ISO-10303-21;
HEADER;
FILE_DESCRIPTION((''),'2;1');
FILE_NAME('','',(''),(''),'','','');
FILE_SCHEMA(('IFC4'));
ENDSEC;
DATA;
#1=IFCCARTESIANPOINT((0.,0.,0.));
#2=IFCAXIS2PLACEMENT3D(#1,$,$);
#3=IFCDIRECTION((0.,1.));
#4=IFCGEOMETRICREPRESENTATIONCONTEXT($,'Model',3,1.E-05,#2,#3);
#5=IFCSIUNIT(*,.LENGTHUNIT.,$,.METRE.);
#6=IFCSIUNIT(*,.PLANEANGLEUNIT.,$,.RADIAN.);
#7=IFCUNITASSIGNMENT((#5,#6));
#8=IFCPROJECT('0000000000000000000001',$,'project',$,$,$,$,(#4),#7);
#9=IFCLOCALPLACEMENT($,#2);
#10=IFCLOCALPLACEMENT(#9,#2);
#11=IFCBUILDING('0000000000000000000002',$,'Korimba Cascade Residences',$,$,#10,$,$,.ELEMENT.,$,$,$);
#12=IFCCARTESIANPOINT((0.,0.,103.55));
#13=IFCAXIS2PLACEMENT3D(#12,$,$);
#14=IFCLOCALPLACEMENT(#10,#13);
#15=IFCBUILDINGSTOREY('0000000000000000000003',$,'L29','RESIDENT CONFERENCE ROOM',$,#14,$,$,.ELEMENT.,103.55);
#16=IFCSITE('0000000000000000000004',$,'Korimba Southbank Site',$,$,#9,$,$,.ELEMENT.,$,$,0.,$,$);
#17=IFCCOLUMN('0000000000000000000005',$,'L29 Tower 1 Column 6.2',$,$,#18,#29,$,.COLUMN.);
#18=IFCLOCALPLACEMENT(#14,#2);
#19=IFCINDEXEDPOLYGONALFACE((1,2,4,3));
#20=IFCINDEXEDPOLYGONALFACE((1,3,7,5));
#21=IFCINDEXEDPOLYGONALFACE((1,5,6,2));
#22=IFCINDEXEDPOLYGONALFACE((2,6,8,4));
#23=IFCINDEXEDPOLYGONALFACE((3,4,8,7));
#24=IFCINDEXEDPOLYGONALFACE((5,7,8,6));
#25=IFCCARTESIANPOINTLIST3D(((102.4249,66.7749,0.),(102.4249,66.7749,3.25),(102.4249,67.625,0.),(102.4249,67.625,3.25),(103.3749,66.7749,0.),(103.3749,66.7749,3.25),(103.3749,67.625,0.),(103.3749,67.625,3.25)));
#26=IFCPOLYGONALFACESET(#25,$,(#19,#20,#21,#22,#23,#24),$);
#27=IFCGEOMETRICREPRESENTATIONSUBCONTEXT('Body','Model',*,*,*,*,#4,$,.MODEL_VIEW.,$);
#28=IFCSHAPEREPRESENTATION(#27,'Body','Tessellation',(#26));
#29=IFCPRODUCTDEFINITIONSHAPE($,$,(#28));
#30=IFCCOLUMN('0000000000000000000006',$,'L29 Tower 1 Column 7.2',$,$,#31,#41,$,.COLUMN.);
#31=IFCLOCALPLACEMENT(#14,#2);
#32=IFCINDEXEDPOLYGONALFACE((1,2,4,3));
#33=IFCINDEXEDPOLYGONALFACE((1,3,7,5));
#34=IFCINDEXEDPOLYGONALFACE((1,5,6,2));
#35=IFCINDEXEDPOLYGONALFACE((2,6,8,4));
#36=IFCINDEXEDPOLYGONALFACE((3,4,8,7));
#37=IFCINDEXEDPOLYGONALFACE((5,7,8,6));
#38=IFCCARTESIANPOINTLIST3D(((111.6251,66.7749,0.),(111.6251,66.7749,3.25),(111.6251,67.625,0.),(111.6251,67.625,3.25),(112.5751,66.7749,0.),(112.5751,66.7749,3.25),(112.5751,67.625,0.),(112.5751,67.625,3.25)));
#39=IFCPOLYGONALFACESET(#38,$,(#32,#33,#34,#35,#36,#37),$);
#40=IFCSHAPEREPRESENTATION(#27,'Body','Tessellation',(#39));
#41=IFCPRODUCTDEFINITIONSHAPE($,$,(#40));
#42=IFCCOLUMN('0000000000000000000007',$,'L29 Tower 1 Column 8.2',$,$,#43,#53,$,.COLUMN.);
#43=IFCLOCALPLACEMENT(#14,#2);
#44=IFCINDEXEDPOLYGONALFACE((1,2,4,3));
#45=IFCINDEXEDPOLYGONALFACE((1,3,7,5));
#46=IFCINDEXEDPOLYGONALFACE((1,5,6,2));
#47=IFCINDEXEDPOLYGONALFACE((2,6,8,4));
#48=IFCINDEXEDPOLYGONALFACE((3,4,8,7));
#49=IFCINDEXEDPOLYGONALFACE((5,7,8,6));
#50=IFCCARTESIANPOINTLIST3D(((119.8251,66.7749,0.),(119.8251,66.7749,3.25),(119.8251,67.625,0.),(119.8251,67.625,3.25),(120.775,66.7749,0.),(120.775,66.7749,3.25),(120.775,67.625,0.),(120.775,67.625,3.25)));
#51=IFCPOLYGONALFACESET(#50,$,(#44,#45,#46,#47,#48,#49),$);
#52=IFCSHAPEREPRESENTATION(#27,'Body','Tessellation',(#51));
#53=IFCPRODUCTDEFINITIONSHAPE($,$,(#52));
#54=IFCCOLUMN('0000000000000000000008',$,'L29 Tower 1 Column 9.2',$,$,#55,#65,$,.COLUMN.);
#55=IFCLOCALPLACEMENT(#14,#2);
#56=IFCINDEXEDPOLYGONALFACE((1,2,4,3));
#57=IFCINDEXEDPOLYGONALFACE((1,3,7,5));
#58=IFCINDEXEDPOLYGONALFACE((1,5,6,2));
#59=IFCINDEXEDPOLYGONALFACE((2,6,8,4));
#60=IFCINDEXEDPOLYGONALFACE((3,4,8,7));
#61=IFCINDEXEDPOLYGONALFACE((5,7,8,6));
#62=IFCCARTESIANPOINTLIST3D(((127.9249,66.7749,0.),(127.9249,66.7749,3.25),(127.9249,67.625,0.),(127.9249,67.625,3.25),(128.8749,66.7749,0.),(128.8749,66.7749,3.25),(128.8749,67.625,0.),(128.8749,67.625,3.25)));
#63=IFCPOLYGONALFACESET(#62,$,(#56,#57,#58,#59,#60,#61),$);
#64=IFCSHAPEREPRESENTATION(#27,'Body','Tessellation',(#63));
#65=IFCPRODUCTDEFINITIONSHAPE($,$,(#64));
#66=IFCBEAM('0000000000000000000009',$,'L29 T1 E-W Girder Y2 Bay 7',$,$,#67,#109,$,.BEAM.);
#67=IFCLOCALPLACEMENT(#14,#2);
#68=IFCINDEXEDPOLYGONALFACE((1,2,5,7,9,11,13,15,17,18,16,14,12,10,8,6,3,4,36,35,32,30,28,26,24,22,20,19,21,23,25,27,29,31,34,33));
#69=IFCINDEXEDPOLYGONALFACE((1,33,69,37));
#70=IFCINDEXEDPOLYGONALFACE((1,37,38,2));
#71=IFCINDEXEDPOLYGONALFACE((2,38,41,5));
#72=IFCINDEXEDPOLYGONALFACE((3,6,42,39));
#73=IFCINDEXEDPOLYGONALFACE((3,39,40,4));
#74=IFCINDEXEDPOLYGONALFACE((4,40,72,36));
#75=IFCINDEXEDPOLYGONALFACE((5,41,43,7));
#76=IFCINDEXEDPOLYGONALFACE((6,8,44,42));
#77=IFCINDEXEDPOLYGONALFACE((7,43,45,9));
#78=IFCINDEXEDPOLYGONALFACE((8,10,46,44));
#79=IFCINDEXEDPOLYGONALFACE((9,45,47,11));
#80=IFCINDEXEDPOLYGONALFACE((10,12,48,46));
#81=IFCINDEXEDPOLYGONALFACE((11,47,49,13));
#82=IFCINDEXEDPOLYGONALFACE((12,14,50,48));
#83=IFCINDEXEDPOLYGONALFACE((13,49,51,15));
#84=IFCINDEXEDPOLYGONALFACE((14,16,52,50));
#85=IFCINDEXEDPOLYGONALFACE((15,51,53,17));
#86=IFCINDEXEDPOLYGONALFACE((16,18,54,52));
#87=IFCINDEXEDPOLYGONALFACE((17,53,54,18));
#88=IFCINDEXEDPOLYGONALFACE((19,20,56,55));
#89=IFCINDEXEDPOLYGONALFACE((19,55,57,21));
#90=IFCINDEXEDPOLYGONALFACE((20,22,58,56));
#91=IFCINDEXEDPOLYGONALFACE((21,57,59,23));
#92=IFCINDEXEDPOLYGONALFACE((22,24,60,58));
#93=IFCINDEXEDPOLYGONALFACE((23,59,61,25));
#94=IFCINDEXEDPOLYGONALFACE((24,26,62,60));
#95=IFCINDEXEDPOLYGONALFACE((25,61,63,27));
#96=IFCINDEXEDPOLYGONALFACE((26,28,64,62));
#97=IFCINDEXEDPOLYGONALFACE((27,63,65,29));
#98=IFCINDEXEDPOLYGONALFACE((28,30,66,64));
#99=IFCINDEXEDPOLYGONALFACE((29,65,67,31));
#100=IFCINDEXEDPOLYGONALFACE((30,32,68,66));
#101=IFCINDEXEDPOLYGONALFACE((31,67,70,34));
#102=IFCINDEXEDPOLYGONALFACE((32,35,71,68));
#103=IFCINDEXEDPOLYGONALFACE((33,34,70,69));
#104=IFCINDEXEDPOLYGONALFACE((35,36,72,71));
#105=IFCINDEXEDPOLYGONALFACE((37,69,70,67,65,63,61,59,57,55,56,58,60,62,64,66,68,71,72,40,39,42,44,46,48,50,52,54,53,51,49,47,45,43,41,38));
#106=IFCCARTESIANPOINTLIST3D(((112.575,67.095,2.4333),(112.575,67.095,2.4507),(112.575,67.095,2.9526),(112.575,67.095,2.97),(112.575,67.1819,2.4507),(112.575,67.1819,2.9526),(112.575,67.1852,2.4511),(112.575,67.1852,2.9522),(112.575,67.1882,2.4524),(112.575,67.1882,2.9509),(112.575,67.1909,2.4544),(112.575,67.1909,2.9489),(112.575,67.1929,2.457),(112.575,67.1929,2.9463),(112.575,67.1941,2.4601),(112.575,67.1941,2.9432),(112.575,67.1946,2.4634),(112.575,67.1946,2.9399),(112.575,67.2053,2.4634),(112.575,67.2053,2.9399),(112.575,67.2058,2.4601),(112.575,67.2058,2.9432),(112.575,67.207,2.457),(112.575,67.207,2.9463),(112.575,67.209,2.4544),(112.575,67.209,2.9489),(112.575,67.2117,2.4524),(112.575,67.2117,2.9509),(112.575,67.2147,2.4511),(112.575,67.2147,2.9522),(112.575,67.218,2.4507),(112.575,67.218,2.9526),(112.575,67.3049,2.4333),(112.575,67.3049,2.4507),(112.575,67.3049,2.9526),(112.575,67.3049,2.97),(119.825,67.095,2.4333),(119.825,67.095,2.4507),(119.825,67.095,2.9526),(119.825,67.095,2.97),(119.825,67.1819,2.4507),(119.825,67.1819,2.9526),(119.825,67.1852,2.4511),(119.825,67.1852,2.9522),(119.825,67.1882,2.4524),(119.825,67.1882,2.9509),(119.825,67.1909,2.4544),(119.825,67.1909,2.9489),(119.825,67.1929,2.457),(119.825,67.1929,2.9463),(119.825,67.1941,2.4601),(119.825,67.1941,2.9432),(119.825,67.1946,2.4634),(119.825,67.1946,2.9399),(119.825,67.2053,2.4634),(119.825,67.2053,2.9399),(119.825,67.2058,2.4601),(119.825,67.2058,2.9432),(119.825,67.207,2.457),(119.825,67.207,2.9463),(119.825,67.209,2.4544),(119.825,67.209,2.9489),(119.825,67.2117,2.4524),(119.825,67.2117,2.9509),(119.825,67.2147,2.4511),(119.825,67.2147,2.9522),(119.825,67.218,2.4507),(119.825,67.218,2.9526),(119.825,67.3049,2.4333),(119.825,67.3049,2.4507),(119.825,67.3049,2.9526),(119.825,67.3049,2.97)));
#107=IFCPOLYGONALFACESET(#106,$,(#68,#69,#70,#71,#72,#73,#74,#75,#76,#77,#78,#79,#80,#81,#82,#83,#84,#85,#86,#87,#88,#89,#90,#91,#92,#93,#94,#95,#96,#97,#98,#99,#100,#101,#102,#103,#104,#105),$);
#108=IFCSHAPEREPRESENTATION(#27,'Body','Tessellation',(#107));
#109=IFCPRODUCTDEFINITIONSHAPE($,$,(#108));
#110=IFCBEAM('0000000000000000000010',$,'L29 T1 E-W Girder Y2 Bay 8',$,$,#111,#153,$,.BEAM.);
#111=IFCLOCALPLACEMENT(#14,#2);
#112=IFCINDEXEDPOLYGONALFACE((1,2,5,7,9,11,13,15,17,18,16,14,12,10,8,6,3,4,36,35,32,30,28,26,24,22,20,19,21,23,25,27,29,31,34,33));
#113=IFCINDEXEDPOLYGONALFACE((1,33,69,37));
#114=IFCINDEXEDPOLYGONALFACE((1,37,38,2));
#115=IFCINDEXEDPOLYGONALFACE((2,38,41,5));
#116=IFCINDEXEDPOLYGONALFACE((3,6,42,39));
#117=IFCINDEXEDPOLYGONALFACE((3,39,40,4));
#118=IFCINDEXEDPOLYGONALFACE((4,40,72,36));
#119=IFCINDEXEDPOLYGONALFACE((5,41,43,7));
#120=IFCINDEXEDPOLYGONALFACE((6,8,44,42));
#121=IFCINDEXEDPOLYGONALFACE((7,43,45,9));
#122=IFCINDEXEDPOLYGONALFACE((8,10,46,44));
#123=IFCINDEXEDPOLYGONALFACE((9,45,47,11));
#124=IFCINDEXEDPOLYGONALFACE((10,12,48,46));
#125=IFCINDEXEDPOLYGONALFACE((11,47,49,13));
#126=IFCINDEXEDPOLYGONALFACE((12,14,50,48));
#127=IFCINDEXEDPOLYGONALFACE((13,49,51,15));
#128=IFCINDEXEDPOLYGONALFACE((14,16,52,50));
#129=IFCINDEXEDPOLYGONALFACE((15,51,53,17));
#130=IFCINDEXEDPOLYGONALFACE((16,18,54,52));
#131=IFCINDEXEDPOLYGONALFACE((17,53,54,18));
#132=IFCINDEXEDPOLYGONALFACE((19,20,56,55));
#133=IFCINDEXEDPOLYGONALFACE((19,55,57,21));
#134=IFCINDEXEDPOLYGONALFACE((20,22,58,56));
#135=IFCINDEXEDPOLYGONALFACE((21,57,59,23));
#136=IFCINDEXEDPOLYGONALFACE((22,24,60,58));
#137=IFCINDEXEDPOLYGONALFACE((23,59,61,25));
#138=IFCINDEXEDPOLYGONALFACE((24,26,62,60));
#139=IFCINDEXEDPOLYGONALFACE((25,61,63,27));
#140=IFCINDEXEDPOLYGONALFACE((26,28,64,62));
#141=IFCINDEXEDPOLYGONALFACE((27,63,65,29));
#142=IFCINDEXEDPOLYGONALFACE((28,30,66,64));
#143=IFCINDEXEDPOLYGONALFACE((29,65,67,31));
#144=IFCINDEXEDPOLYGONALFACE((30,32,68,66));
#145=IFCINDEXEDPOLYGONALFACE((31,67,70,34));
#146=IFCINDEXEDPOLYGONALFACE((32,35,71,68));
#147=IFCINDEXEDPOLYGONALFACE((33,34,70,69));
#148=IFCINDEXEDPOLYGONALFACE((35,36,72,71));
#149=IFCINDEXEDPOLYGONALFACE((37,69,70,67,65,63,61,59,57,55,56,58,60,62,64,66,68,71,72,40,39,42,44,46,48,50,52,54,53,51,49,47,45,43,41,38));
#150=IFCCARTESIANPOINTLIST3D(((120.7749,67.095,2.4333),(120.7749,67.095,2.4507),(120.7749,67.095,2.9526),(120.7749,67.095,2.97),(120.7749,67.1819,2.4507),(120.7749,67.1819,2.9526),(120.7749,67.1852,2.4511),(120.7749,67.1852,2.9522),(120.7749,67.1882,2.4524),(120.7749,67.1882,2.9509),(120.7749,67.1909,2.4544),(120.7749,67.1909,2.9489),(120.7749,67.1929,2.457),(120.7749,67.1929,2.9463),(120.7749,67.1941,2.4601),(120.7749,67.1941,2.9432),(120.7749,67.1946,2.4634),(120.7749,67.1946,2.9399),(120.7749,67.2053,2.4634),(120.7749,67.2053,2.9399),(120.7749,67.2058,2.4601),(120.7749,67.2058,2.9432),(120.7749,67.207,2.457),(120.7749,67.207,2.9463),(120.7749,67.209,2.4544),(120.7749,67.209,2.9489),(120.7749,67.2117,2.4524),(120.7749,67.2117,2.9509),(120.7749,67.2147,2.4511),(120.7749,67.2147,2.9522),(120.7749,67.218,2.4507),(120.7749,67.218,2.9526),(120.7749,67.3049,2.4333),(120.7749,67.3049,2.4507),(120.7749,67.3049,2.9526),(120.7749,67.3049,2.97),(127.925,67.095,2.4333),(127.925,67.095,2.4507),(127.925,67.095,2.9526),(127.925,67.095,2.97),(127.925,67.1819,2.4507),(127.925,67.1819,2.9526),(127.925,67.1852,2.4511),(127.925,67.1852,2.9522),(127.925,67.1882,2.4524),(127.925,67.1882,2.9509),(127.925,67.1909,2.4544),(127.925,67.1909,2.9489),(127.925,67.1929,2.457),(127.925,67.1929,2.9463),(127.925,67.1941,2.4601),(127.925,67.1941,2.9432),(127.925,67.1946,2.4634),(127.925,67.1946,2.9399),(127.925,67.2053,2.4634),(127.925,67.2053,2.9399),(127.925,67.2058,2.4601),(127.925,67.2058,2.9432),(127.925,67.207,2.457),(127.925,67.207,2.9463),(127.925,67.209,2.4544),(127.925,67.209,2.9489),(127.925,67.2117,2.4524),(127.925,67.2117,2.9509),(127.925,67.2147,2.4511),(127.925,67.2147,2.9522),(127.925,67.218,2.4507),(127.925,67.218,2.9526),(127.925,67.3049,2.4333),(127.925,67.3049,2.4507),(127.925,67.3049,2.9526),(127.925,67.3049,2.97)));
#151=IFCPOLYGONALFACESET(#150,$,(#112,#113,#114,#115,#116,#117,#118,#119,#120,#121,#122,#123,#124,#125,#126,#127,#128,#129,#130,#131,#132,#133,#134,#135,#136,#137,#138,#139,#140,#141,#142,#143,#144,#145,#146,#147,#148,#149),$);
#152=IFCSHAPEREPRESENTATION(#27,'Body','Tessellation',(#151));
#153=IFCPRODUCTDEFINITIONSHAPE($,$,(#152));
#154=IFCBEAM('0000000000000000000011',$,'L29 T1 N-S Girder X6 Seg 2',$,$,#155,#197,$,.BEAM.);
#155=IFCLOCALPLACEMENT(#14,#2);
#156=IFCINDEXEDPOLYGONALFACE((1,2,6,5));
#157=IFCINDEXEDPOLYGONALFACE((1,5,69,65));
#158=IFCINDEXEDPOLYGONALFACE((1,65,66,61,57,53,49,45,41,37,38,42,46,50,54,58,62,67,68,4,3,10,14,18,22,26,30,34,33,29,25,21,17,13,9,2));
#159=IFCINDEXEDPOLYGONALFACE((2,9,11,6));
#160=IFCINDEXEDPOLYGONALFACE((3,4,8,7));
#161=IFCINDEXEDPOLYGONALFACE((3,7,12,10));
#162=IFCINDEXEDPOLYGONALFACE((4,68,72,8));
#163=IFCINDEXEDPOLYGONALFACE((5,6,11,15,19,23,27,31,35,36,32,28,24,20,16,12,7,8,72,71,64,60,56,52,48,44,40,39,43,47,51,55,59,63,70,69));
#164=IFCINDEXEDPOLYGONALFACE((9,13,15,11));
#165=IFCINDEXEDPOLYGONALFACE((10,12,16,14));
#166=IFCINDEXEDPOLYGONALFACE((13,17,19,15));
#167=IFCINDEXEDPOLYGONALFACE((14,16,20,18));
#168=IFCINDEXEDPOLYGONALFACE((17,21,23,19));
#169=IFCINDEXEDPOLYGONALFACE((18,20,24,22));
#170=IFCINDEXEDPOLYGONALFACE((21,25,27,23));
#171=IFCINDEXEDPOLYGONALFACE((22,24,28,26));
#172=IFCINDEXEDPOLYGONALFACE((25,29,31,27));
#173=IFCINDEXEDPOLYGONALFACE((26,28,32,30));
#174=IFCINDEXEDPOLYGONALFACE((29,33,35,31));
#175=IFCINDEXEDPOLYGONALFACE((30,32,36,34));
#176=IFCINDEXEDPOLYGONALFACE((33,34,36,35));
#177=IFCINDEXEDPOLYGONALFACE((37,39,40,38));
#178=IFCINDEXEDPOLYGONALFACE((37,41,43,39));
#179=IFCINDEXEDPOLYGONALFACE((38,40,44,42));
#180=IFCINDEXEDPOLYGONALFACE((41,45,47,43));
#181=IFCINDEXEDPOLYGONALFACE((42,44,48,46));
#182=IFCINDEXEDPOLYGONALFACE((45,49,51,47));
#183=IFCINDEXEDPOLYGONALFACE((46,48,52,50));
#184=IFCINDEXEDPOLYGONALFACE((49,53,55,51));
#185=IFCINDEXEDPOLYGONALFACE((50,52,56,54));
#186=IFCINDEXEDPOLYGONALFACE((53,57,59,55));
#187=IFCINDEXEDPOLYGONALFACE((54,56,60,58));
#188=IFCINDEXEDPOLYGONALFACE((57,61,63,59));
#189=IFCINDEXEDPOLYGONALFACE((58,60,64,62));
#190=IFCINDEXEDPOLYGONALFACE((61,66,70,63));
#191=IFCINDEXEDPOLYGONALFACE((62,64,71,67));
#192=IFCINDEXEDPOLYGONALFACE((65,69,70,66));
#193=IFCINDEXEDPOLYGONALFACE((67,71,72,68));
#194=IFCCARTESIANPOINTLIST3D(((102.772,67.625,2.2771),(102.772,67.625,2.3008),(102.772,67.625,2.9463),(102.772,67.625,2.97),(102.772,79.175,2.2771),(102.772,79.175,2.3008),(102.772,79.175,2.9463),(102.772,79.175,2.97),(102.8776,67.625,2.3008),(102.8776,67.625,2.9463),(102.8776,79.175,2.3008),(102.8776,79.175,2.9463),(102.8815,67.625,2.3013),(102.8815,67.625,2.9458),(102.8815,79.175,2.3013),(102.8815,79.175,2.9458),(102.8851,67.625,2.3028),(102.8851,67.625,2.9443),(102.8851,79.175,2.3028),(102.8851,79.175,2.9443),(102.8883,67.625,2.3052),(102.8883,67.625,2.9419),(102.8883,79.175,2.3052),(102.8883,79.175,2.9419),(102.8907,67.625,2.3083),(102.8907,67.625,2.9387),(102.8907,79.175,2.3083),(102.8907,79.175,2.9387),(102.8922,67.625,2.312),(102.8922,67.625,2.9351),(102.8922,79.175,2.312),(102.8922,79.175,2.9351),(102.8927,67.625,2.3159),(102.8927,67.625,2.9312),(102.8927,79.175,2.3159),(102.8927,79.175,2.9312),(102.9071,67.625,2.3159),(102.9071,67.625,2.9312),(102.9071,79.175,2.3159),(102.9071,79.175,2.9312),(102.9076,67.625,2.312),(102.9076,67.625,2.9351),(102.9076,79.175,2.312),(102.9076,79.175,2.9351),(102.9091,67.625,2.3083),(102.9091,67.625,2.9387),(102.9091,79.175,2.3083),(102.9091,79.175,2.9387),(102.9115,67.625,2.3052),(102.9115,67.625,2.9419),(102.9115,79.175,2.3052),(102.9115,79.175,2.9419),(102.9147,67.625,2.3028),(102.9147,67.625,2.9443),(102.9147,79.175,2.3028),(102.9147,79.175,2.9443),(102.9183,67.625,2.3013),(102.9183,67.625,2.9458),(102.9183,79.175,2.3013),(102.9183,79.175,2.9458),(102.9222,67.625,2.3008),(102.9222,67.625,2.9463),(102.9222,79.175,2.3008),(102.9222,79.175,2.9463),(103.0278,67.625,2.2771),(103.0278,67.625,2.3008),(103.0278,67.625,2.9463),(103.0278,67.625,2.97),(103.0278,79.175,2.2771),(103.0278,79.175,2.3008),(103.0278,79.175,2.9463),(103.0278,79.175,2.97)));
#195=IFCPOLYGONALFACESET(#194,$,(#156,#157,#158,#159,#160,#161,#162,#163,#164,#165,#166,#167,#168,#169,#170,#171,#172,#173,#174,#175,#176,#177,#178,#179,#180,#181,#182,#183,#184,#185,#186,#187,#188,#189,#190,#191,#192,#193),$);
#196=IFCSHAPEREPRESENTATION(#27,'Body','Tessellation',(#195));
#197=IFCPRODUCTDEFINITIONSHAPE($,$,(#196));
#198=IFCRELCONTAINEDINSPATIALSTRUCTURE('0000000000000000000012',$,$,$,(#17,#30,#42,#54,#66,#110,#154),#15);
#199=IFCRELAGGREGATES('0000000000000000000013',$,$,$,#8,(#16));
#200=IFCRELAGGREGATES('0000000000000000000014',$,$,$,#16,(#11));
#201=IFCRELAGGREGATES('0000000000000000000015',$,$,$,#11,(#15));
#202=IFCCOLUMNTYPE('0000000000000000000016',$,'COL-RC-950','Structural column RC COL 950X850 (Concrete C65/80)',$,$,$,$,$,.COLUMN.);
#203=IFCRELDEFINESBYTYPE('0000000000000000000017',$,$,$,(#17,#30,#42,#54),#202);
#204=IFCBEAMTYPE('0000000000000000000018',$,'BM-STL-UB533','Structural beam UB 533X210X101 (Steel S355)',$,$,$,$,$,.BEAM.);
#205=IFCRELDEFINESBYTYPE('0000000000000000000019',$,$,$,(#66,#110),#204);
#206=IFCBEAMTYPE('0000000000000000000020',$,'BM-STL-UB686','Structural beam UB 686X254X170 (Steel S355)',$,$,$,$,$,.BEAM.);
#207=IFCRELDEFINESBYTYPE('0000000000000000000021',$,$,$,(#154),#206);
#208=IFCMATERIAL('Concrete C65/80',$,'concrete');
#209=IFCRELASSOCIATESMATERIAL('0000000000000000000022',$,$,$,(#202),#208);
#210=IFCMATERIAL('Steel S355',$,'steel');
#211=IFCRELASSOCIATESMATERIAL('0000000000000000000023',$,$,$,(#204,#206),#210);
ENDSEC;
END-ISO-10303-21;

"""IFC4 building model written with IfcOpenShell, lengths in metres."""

from ifc_helpers import new_model, si_unit, direction, frame, origin, origin_2d, place, context, subcontext, project, spatial, rectangle, i_section, extrude, material, material_profile, profile_set, type_object, element, save


model = new_model("IFC4")

# Units and contexts
model_context = context("Model", 3, precision=1e-05, world=origin(), true_north=direction((0.0, 1.0)))
body_context = subcontext(model_context, "Body", "Model", "MODEL_VIEW")
ifc_project = project(units=[si_unit("LENGTHUNIT", "METRE"), si_unit("PLANEANGLEUNIT", "RADIAN")], contexts=[model_context])

# Site, building, storey
site_placement = place(None, origin())
site = spatial("IfcSite", under=ifc_project, at=site_placement, Name="Korimba Southbank Site", CompositionType="ELEMENT", RefElevation=0.0)
building_placement = place(site_placement, origin())
building = spatial("IfcBuilding", under=site, at=building_placement, Name="Korimba Cascade Residences", CompositionType="ELEMENT")
storey_placement = place(building_placement, frame((0.0, 0.0, 103.55)))
storey = spatial("IfcBuildingStorey", under=building, at=storey_placement, Name="L29", Description="RESIDENT CONFERENCE ROOM", CompositionType="ELEMENT", Elevation=103.55)

# Columns
ifc_material_1 = material(Name="Concrete C65/80", Category="concrete")
ifc_material_profile_1 = material_profile(ifc_material_1, rectangle(XDim=0.95, YDim=0.8501, at=origin_2d()), Name="Concrete C65/80")
ifc_profile_set_1 = profile_set([ifc_material_profile_1], Name="Concrete C65/80")
column_type = type_object("IfcColumnType", Name="COL-RC-950", Description="Structural column RC COL 950X850 (Concrete C65/80)", PredefinedType="COLUMN", material=ifc_profile_set_1)
for number, where, z_axis, x_axis, name in (
    (1, (102.8999, 67.2, 0.0), (0.0, 0.0, 1.0), (1.0, 0.0, 0.0), "L29 Tower 1 Column 6.2"),
    (2, (112.1001, 67.2, 0.0), (0.0, 0.0, 1.0), (1.0, 0.0, 0.0), "L29 Tower 1 Column 7.2"),
    (3, (120.3, 67.2, 0.0), (0.0, 0.0, 1.0), (1.0, 0.0, 0.0), "L29 Tower 1 Column 8.2"),
    (4, (128.3999, 67.2, 0.0), (0.0, 0.0, 1.0), (1.0, 0.0, 0.0), "L29 Tower 1 Column 9.2"),
):
    element("IfcColumn", number, at=place(storey_placement, frame(where, z_axis=z_axis, x_axis=x_axis)), inside=storey, type_object=column_type, Name=name, PredefinedType="COLUMN", context=body_context, shape_type="SweptSolid", body=[
        extrude(rectangle(XDim=0.95, YDim=0.8501, at=origin_2d()), origin(), (0.0, 0.0, 1.0), 3.25),
    ])

# Beams
ifc_material_2 = material(Name="Steel S355", Category="steel")
ifc_material_profile_2 = material_profile(ifc_material_2, i_section(OverallWidth=0.21, OverallDepth=0.5366, WebThickness=0.0107, FlangeThickness=0.0173, FilletRadius=0.0127, at=origin_2d()), Name="Steel S355")
ifc_profile_set_2 = profile_set([ifc_material_profile_2], Name="Steel S355")
beam_type_1 = type_object("IfcBeamType", Name="BM-STL-UB533", Description="Structural beam UB 533X210X101 (Steel S355)", PredefinedType="BEAM", material=ifc_profile_set_2)
beam_1_placement = place(storey_placement, frame((112.575, 67.2, 2.7017), z_axis=(1.0, 0.0, 0.0), x_axis=(0.0, 1.0, 0.0)))
element("IfcBeam", 5, at=beam_1_placement, inside=storey, type_object=beam_type_1, Name="L29 T1 E-W Girder Y2 Bay 7", PredefinedType="BEAM", context=body_context, shape_type="SweptSolid", body=[
    extrude(i_section(OverallWidth=0.21, OverallDepth=0.5366, WebThickness=0.0107, FlangeThickness=0.0173, FilletRadius=0.0127, at=origin_2d()), origin(), (0.0, 0.0, 1.0), 7.25),
])
beam_2_placement = place(storey_placement, frame((120.7749, 67.2, 2.7017), z_axis=(1.0, 0.0, 0.0), x_axis=(0.0, 1.0, 0.0)))
element("IfcBeam", 6, at=beam_2_placement, inside=storey, type_object=beam_type_1, Name="L29 T1 E-W Girder Y2 Bay 8", PredefinedType="BEAM", context=body_context, shape_type="SweptSolid", body=[
    extrude(i_section(OverallWidth=0.21, OverallDepth=0.5366, WebThickness=0.0107, FlangeThickness=0.0173, FilletRadius=0.0127, at=origin_2d()), origin(), (0.0, 0.0, 1.0), 7.1501),
])
ifc_material_profile_3 = material_profile(ifc_material_2, i_section(OverallWidth=0.2559, OverallDepth=0.6929, WebThickness=0.0144, FlangeThickness=0.0237, FilletRadius=0.0151, at=origin_2d()), Name="Steel S355")
ifc_profile_set_3 = profile_set([ifc_material_profile_3], Name="Steel S355")
beam_type_2 = type_object("IfcBeamType", Name="BM-STL-UB686", Description="Structural beam UB 686X254X170 (Steel S355)", PredefinedType="BEAM", material=ifc_profile_set_3)
for number, where, z_axis, x_axis, name in (
    (7, (102.8999, 67.625, 2.6235), (0.0, 1.0, 0.0), (-1.0, 0.0, 0.0), "L29 T1 N-S Girder X6 Seg 2"),
):
    element("IfcBeam", number, at=place(storey_placement, frame(where, z_axis=z_axis, x_axis=x_axis)), inside=storey, type_object=beam_type_2, Name=name, PredefinedType="BEAM", context=body_context, shape_type="SweptSolid", body=[
        extrude(i_section(OverallWidth=0.2559, OverallDepth=0.6929, WebThickness=0.0144, FlangeThickness=0.0237, FilletRadius=0.0151, at=origin_2d()), origin(), (0.0, 0.0, 1.0), 11.55),
    ])

save(model, "model.ifc")
